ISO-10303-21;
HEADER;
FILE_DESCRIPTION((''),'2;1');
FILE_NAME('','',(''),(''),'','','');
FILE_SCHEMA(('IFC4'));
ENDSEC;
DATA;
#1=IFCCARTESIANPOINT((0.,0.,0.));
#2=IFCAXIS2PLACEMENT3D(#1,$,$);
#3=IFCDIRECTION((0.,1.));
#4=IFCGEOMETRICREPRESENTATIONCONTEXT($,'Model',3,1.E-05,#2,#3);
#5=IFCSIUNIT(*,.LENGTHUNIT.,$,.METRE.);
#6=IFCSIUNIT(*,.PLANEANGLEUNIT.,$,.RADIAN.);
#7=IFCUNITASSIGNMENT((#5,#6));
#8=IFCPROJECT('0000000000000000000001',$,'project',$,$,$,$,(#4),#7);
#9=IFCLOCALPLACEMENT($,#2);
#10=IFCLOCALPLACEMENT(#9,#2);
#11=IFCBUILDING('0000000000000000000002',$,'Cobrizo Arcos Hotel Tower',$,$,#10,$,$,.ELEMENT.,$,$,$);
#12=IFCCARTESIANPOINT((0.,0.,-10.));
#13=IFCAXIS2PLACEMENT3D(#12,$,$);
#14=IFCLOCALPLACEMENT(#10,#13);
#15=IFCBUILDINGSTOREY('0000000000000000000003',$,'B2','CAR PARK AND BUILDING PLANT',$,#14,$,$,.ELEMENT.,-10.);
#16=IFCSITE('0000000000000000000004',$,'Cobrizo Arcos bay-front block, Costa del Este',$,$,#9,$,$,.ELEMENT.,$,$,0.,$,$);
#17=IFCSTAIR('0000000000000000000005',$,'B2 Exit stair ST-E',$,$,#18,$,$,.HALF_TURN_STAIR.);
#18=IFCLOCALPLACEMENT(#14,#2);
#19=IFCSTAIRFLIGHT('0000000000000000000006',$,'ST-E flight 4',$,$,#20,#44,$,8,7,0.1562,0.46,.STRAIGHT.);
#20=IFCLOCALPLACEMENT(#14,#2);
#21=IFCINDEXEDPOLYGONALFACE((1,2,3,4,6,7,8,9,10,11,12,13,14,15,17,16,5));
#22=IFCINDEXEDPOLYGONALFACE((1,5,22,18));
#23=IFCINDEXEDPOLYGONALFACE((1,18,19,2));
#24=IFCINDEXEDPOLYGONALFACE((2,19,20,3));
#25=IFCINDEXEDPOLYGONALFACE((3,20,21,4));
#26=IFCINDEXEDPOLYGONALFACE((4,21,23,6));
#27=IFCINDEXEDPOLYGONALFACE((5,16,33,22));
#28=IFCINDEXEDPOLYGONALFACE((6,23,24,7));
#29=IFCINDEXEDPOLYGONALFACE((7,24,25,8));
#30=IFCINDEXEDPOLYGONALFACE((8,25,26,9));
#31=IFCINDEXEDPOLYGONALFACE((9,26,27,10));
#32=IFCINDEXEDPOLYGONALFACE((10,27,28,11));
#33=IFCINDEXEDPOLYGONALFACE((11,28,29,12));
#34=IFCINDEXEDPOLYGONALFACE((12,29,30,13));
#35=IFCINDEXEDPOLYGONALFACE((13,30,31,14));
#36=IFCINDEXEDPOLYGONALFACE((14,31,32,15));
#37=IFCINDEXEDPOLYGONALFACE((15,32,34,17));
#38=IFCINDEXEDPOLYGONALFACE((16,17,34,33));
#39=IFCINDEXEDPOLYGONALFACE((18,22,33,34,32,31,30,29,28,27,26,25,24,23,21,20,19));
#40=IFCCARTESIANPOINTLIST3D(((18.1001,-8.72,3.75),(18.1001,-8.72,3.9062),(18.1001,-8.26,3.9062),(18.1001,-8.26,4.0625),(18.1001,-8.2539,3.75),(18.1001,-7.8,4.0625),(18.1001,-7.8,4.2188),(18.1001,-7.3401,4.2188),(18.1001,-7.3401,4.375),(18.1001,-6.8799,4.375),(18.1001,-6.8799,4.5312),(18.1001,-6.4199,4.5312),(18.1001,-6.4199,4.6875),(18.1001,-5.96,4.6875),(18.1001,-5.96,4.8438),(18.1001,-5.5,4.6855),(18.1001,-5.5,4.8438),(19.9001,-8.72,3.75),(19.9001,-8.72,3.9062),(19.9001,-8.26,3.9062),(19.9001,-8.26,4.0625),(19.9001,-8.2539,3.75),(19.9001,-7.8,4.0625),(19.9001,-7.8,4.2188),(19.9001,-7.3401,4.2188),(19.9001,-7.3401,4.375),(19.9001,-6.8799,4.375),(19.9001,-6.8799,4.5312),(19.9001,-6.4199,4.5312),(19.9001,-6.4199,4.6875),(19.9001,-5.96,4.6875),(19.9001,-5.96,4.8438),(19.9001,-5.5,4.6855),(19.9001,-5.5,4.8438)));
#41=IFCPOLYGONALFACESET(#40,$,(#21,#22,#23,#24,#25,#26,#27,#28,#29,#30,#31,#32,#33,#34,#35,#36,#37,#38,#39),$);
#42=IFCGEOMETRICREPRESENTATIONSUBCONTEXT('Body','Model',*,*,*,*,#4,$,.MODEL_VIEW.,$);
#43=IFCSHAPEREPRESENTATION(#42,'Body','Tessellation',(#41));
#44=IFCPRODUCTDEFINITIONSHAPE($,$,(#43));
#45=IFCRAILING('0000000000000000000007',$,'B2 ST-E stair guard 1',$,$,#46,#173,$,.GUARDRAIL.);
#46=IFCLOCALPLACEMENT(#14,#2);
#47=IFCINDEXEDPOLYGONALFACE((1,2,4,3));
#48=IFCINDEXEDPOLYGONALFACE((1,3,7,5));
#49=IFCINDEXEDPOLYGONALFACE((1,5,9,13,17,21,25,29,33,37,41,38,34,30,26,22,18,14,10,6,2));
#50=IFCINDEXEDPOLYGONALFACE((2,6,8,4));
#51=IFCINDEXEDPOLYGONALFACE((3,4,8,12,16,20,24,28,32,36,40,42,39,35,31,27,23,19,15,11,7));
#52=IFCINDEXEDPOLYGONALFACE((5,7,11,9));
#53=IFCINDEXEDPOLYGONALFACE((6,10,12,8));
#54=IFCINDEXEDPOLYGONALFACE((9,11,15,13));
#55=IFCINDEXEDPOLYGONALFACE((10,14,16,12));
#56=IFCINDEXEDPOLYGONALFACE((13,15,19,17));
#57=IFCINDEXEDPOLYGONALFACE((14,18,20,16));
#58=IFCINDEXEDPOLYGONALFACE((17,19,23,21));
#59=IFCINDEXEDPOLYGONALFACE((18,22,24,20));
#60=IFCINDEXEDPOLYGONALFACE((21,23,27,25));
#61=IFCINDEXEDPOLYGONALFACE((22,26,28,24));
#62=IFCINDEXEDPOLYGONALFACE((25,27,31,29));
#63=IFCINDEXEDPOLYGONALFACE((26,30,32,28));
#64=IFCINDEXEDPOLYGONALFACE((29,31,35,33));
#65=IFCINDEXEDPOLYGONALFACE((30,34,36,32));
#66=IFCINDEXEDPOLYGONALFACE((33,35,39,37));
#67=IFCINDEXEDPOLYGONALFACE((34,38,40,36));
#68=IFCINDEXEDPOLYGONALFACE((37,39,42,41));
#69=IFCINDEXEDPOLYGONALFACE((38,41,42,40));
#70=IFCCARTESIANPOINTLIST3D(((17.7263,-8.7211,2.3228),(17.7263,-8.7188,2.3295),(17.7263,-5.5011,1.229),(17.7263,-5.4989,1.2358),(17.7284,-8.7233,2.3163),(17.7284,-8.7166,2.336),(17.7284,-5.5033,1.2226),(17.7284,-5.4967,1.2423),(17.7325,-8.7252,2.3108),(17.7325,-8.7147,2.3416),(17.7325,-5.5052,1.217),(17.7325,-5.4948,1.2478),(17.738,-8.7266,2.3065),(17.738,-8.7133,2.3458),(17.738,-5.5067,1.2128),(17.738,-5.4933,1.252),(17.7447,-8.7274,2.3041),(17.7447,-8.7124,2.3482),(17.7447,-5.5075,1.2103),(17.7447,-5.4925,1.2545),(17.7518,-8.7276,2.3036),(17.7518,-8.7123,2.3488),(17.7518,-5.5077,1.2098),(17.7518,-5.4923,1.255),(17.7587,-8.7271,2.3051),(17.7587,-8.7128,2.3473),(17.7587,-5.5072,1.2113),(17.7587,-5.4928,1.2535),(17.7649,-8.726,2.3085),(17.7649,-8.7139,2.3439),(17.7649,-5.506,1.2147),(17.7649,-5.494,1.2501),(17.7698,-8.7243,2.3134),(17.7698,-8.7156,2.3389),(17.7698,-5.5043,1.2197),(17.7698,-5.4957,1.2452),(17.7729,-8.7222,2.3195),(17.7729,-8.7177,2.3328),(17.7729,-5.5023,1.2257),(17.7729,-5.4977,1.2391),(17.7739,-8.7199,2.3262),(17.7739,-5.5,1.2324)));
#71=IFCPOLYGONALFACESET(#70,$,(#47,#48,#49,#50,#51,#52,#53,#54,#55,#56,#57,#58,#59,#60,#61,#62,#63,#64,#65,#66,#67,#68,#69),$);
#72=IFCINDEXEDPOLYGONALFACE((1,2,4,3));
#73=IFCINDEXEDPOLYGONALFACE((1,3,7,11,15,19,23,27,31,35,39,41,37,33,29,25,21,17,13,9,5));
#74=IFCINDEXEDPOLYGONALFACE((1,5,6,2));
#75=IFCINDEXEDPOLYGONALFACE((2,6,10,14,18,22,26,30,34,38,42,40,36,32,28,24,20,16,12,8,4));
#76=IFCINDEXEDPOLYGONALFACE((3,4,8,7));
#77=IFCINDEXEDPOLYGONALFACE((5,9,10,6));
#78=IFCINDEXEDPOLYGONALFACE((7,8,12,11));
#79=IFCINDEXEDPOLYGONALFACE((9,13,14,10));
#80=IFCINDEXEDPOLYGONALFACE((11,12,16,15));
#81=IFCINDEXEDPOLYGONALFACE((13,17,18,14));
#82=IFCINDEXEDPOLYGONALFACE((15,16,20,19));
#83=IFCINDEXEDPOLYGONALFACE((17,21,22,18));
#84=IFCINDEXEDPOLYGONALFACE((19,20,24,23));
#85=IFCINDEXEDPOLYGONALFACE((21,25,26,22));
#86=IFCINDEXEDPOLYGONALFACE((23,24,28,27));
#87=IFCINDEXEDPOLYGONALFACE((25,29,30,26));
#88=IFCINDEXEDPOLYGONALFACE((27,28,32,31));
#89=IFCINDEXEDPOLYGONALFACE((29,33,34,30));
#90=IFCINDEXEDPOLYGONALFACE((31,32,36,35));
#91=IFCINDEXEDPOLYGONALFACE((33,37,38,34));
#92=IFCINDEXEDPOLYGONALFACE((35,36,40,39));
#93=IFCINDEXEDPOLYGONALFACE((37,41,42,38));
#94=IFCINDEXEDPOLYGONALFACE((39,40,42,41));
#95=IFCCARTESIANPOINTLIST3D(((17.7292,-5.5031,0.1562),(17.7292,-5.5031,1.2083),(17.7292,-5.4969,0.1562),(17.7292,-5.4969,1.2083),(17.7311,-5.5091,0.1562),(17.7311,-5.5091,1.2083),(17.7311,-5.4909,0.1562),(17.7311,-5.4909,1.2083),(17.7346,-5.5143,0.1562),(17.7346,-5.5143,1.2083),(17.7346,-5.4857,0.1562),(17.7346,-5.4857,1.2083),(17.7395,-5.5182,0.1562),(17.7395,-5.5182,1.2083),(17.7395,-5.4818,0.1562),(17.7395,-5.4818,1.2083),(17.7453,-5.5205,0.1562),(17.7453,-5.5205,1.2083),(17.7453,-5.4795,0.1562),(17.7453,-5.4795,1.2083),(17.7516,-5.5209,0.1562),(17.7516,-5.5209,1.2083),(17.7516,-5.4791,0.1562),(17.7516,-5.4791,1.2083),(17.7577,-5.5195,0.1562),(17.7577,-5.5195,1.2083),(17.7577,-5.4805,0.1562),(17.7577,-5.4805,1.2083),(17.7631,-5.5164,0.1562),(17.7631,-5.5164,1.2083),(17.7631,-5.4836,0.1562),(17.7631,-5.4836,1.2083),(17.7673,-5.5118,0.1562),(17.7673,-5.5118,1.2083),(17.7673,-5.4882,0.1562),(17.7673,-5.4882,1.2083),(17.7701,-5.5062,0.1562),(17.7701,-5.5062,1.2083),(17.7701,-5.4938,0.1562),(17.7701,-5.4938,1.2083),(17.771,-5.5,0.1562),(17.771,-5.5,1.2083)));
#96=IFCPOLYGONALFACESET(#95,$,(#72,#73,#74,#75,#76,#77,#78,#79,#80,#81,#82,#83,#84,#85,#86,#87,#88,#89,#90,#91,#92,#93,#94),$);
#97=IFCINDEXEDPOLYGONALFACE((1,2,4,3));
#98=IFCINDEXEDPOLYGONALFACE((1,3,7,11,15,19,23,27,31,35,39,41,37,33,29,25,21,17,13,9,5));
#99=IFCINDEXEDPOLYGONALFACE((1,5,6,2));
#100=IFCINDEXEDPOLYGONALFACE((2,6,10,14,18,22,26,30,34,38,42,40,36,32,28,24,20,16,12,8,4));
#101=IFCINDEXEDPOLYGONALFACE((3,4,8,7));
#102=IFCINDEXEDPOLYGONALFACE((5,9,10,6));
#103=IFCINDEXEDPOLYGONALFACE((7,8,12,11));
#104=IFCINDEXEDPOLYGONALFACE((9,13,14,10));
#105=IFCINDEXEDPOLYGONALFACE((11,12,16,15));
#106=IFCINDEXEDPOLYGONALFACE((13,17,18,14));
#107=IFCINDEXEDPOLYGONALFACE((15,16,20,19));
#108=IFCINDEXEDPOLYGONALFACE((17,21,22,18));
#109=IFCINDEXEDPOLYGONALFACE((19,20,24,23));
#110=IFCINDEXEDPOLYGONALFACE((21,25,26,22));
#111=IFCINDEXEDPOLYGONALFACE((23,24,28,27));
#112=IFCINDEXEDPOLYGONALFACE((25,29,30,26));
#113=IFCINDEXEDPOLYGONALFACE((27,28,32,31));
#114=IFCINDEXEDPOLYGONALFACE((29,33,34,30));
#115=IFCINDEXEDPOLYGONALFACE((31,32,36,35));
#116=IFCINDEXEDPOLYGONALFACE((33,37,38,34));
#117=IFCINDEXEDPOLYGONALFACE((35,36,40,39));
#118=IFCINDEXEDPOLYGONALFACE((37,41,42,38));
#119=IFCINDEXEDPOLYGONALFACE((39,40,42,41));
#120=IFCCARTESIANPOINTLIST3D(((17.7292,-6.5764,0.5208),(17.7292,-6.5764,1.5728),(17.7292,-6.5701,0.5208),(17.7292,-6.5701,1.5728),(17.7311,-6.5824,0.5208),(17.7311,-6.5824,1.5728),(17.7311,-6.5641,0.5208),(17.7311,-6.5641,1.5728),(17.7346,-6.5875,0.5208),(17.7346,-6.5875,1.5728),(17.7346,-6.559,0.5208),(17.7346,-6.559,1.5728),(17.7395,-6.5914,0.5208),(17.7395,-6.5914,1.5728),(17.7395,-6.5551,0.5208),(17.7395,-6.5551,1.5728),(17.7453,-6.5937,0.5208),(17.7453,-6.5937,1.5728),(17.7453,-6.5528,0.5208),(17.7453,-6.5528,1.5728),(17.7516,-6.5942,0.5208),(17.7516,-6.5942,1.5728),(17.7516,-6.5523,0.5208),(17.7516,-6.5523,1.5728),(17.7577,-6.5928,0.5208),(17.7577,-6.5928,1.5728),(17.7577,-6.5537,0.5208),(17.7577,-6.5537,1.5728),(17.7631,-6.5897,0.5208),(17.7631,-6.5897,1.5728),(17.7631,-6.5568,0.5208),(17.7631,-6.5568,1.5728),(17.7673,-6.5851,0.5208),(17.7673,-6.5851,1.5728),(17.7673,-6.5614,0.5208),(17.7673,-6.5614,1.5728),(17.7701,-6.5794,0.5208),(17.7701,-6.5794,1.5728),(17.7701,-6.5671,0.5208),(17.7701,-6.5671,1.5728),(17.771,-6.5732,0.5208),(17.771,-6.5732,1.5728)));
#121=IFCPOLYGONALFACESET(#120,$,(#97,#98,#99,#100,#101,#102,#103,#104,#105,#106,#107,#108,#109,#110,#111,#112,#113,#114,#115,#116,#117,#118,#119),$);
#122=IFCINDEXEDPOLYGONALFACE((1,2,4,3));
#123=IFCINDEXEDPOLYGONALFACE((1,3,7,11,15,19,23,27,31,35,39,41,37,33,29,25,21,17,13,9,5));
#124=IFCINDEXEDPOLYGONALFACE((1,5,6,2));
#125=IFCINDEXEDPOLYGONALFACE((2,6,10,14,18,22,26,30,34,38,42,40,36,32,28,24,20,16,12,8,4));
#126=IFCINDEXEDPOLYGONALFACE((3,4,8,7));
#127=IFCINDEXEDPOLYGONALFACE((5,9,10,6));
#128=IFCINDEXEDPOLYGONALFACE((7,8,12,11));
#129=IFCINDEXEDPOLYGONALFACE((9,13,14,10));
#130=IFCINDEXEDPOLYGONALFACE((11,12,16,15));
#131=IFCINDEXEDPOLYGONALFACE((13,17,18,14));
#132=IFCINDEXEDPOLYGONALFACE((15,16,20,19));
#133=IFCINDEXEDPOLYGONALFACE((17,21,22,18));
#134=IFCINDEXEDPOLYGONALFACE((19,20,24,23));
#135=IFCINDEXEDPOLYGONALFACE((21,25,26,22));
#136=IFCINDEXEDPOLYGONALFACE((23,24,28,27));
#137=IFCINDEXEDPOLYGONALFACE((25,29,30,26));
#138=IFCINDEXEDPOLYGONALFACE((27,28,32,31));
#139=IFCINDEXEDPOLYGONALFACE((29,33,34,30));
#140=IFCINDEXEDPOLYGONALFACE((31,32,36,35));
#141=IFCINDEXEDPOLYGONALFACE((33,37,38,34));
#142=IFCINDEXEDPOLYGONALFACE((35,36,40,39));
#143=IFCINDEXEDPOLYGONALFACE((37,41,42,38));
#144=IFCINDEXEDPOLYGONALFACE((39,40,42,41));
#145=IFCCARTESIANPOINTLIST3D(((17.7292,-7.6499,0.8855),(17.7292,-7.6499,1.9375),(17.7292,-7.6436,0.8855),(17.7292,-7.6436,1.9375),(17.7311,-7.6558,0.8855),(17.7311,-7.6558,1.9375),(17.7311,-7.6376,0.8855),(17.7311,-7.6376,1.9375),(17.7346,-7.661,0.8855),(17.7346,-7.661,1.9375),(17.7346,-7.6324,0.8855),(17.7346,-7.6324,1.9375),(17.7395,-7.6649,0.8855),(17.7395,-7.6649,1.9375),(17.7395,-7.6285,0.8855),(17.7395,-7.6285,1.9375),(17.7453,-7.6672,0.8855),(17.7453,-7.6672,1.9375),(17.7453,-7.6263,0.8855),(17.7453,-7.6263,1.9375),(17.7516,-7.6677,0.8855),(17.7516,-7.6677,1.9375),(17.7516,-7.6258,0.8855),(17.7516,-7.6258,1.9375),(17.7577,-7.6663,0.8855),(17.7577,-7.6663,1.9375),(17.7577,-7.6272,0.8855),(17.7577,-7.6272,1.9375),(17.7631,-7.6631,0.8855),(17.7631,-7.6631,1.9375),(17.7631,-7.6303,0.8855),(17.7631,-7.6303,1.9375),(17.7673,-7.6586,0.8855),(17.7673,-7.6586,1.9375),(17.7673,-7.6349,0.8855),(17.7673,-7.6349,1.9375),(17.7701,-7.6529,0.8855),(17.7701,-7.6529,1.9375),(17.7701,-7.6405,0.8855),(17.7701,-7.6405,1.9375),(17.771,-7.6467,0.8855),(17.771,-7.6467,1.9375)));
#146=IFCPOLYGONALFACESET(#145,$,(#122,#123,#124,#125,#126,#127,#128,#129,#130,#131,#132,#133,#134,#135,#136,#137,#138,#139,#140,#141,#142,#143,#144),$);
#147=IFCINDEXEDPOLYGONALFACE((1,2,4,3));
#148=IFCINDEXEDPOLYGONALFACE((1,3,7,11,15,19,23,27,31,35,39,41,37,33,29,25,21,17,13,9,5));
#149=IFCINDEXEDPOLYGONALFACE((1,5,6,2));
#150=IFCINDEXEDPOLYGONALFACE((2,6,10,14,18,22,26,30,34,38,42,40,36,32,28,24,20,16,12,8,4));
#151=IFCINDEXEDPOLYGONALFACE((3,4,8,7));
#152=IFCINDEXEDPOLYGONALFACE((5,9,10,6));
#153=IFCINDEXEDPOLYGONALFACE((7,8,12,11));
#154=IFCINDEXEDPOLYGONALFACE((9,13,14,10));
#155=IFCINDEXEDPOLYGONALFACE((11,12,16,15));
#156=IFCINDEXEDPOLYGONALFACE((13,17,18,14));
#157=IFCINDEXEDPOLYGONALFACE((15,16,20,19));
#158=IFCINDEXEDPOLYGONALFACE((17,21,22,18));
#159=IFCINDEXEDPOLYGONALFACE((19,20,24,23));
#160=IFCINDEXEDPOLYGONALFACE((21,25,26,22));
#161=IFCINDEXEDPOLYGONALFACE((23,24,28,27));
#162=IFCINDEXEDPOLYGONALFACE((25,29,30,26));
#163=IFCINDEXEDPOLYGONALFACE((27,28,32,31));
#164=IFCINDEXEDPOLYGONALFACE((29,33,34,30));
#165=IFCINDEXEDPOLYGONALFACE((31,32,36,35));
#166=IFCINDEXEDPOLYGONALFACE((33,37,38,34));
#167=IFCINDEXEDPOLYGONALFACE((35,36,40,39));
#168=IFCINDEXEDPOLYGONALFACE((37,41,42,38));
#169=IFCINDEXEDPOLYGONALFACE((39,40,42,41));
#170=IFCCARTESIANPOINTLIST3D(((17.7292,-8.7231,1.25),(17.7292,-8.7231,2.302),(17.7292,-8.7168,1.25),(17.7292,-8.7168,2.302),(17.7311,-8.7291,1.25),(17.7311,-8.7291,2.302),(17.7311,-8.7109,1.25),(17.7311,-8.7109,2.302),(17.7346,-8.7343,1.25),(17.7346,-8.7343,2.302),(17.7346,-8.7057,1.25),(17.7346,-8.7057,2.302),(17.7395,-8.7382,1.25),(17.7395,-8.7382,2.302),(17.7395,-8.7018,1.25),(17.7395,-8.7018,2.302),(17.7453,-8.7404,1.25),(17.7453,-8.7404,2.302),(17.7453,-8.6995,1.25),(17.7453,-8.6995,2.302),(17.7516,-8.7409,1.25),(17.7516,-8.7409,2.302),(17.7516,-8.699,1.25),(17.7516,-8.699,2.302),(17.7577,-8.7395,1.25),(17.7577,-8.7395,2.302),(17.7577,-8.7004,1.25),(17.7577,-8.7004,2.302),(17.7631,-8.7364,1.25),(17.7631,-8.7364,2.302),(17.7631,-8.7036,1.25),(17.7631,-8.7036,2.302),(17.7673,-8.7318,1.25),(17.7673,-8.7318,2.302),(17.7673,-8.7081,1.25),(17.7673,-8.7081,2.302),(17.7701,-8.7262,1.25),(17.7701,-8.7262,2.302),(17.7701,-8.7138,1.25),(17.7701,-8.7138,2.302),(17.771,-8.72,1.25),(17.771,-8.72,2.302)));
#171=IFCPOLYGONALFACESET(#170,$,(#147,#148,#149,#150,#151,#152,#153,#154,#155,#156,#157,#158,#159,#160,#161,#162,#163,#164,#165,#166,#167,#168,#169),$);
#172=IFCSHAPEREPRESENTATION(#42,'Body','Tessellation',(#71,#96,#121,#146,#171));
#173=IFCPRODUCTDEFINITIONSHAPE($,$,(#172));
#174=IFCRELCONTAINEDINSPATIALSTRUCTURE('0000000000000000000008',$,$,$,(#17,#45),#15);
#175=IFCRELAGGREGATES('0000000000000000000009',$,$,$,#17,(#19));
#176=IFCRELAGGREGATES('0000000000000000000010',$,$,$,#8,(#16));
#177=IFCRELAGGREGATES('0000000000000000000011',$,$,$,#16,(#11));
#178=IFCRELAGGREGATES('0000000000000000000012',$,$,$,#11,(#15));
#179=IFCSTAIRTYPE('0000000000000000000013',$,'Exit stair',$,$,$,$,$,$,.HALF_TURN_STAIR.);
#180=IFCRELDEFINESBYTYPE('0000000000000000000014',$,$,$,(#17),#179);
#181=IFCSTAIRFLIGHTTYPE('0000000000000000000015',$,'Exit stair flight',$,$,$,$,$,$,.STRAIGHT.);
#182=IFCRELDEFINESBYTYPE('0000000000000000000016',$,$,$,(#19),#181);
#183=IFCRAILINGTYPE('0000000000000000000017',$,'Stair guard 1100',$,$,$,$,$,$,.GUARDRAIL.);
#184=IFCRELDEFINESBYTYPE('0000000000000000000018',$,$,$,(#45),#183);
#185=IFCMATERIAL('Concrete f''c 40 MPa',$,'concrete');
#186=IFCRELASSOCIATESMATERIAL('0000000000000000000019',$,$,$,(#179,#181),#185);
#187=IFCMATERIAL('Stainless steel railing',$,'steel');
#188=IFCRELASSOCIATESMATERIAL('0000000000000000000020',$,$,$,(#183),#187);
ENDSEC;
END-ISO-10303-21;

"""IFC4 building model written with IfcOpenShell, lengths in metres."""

from ifc_helpers import new_model, si_unit, direction, frame, origin, origin_2d, place, context, subcontext, project, spatial, polyline, circle, outline, extrude, material, type_object, element, aggregate, save


model = new_model("IFC4")

# Units and contexts
model_context = context("Model", 3, precision=1e-05, world=origin(), true_north=direction((0.0, 1.0)))
body_context = subcontext(model_context, "Body", "Model", "MODEL_VIEW")
ifc_project = project(units=[si_unit("LENGTHUNIT", "METRE"), si_unit("PLANEANGLEUNIT", "RADIAN")], contexts=[model_context])

# Site, building, storey
site_placement = place(None, origin())
site = spatial("IfcSite", under=ifc_project, at=site_placement, Name="Cobrizo Arcos bay-front block, Costa del Este", CompositionType="ELEMENT", RefElevation=0.0)
building_placement = place(site_placement, origin())
building = spatial("IfcBuilding", under=site, at=building_placement, Name="Cobrizo Arcos Hotel Tower", CompositionType="ELEMENT")
storey_placement = place(building_placement, frame((0.0, 0.0, -10.0)))
storey = spatial("IfcBuildingStorey", under=building, at=storey_placement, Name="B2", Description="CAR PARK AND BUILDING PLANT", CompositionType="ELEMENT", Elevation=-10.0)

# Shared definitions
ifc_material_1 = material(Name="Concrete f'c 40 MPa", Category="concrete")

# Stair, stair flight
stair_type = type_object("IfcStairType", Name="Exit stair", PredefinedType="HALF_TURN_STAIR", material=ifc_material_1)
stair_placement = place(storey_placement, origin())
stair = element("IfcStair", 1, at=stair_placement, inside=storey, type_object=stair_type, Name="B2 Exit stair ST-E", PredefinedType="HALF_TURN_STAIR")
stair_flight_type = type_object("IfcStairFlightType", Name="Exit stair flight", PredefinedType="STRAIGHT", material=ifc_material_1)
stair_flight_1_placement = place(storey_placement, frame((19.0, -8.72, 3.75), z_axis=(0.0, 0.0, 1.0), x_axis=(0.0, 1.0, 0.0)))
stair_flight_1 = element("IfcStairFlight", 2, at=stair_flight_1_placement, type_object=stair_flight_type, Name="ST-E flight 4", NumberOfRisers=8, NumberOfTreads=7, PredefinedType="STRAIGHT", RiserHeight=0.1562, TreadLength=0.46, context=body_context, shape_type="SweptSolid", body=[
    extrude(outline(polyline([(0.0, 0.0), (0.0, 0.1562), (0.46, 0.1562), (0.46, 0.3125), (0.9199, 0.3125), (0.9199, 0.4688), (1.3799, 0.4688), (1.3799, 0.625), (1.8401, 0.625), (1.8401, 0.7812), (2.3, 0.7812), (2.3, 0.9375), (2.76, 0.9375), (2.76, 1.0938), (3.22, 1.0938), (3.22, 1.25), (3.22, 0.9355), (0.4661, 0.0), (0.0, 0.0)])), frame((0.0, 0.8999, 0.0), z_axis=(0.0, -1.0, 0.0), x_axis=(1.0, 0.0, 0.0)), (0.0, 0.0, 1.0), 1.8),
])
aggregate(stair, [stair_flight_1])

# Railing
ifc_material_2 = material(Name="Stainless steel railing", Category="steel")
railing_type_1 = type_object("IfcRailingType", Name="Stair guard 1100", PredefinedType="GUARDRAIL", material=ifc_material_2)
railing_1_placement = place(storey_placement, frame((17.75, -5.5, 0.1562)))
element("IfcRailing", 3, at=railing_1_placement, inside=storey, type_object=railing_type_1, Name="B2 ST-E stair guard 1", PredefinedType="GUARDRAIL", context=body_context, shape_type="SweptSolid", body=[
    extrude(circle(Radius=0.0239, at=origin_2d()), frame((0.0, 0.0, 1.0762), z_axis=(0.0, -0.946866, 0.321629), x_axis=(1.0, 0.0, 0.0)), (0.0, 0.0, 1.0), 3.4006),
    extrude(circle(Radius=0.021, at=origin_2d()), origin(), (0.0, 0.0, 1.0), 1.052),
    extrude(circle(Radius=0.021, at=origin_2d()), frame((0.0, -1.0732, 0.3645)), (0.0, 0.0, 1.0), 1.052),
    extrude(circle(Radius=0.021, at=origin_2d()), frame((0.0, -2.1467, 0.7292)), (0.0, 0.0, 1.0), 1.052),
    extrude(circle(Radius=0.021, at=origin_2d()), frame((0.0, -3.22, 1.0938)), (0.0, 0.0, 1.0), 1.052),
])

save(model, "model.ifc")
